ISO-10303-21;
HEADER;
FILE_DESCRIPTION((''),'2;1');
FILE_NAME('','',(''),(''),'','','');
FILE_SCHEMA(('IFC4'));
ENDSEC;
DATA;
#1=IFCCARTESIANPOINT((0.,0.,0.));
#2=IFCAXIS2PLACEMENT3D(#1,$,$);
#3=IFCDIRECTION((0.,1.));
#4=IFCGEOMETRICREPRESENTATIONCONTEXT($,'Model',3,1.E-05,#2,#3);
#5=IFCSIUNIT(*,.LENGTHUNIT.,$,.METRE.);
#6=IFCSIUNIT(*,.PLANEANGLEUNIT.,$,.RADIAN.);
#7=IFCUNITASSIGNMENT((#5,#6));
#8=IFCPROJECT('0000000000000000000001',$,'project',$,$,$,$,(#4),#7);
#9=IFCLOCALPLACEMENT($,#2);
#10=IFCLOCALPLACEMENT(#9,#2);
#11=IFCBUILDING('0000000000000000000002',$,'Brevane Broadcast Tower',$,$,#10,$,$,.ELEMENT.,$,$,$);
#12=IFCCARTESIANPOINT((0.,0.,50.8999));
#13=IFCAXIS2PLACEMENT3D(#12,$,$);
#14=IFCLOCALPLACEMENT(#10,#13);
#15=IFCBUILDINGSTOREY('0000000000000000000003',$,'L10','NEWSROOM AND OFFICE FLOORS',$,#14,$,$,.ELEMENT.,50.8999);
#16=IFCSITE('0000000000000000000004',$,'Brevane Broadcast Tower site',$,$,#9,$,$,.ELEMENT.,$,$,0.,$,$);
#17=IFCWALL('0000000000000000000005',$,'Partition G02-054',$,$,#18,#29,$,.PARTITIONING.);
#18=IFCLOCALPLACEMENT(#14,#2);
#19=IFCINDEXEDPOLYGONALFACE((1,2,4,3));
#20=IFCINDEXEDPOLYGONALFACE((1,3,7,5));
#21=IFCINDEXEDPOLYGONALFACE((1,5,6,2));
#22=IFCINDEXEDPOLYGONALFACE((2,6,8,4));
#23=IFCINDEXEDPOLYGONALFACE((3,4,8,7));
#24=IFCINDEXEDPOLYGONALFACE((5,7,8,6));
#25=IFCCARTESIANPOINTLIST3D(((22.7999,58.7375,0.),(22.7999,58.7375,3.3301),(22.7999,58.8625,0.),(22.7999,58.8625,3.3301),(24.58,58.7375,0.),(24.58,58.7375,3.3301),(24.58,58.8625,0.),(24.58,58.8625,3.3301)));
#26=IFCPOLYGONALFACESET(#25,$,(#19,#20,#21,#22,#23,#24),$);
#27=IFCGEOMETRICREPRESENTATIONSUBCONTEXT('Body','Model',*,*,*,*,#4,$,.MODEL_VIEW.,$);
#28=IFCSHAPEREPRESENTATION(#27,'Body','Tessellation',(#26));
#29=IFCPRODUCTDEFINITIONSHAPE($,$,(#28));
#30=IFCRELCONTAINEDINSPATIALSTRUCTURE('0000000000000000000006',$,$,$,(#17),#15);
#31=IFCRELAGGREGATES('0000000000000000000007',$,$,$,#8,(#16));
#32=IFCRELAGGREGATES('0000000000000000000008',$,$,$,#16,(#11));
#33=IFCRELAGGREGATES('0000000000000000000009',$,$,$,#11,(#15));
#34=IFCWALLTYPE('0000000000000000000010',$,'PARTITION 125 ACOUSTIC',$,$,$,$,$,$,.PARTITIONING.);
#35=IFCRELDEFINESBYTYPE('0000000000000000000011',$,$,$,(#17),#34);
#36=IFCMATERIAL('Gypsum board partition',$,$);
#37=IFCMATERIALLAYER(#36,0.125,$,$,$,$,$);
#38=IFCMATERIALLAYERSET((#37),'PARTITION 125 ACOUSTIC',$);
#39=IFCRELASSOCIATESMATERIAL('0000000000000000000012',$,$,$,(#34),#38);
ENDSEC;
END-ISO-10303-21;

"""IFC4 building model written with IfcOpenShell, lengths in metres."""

from ifc_helpers import new_model, si_unit, direction, frame, frame_2d, origin, place, context, subcontext, project, spatial, rectangle, extrude, material, layer, layer_set, type_object, element, save


model = new_model("IFC4")

# Units and contexts
model_context = context("Model", 3, precision=1e-05, world=origin(), true_north=direction((0.0, 1.0)))
body_context = subcontext(model_context, "Body", "Model", "MODEL_VIEW")
ifc_project = project(units=[si_unit("LENGTHUNIT", "METRE"), si_unit("PLANEANGLEUNIT", "RADIAN")], contexts=[model_context])

# Site, building, storey
site_placement = place(None, origin())
site = spatial("IfcSite", under=ifc_project, at=site_placement, Name="Brevane Broadcast Tower site", CompositionType="ELEMENT", RefElevation=0.0)
building_placement = place(site_placement, origin())
building = spatial("IfcBuilding", under=site, at=building_placement, Name="Brevane Broadcast Tower", CompositionType="ELEMENT")
storey_placement = place(building_placement, frame((0.0, 0.0, 50.8999)))
storey = spatial("IfcBuildingStorey", under=building, at=storey_placement, Name="L10", Description="NEWSROOM AND OFFICE FLOORS", CompositionType="ELEMENT", Elevation=50.8999)

# Shared definitions
ifc_material_1 = material(Name="Gypsum board partition")

# Wall
ifc_layer_1 = layer(ifc_material_1, 0.125)
ifc_layer_set_1 = layer_set([ifc_layer_1], Name="PARTITION 125 ACOUSTIC")
wall_type_1 = type_object("IfcWallType", Name="PARTITION 125 ACOUSTIC", PredefinedType="PARTITIONING", material=ifc_layer_set_1)
wall_1_placement = place(storey_placement, frame((24.5801, 58.8, 0.0), z_axis=(0.0, 0.0, 1.0), x_axis=(-1.0, 0.0, 0.0)))
element("IfcWall", 1, at=wall_1_placement, inside=storey, type_object=wall_type_1, Name="Partition G02-054", PredefinedType="PARTITIONING", context=body_context, shape_type="SweptSolid", body=[
    extrude(rectangle(XDim=1.78, YDim=0.125, at=frame_2d((0.8901, 0.0))), origin(), (0.0, 0.0, 1.0), 3.3301),
])

save(model, "model.ifc")
